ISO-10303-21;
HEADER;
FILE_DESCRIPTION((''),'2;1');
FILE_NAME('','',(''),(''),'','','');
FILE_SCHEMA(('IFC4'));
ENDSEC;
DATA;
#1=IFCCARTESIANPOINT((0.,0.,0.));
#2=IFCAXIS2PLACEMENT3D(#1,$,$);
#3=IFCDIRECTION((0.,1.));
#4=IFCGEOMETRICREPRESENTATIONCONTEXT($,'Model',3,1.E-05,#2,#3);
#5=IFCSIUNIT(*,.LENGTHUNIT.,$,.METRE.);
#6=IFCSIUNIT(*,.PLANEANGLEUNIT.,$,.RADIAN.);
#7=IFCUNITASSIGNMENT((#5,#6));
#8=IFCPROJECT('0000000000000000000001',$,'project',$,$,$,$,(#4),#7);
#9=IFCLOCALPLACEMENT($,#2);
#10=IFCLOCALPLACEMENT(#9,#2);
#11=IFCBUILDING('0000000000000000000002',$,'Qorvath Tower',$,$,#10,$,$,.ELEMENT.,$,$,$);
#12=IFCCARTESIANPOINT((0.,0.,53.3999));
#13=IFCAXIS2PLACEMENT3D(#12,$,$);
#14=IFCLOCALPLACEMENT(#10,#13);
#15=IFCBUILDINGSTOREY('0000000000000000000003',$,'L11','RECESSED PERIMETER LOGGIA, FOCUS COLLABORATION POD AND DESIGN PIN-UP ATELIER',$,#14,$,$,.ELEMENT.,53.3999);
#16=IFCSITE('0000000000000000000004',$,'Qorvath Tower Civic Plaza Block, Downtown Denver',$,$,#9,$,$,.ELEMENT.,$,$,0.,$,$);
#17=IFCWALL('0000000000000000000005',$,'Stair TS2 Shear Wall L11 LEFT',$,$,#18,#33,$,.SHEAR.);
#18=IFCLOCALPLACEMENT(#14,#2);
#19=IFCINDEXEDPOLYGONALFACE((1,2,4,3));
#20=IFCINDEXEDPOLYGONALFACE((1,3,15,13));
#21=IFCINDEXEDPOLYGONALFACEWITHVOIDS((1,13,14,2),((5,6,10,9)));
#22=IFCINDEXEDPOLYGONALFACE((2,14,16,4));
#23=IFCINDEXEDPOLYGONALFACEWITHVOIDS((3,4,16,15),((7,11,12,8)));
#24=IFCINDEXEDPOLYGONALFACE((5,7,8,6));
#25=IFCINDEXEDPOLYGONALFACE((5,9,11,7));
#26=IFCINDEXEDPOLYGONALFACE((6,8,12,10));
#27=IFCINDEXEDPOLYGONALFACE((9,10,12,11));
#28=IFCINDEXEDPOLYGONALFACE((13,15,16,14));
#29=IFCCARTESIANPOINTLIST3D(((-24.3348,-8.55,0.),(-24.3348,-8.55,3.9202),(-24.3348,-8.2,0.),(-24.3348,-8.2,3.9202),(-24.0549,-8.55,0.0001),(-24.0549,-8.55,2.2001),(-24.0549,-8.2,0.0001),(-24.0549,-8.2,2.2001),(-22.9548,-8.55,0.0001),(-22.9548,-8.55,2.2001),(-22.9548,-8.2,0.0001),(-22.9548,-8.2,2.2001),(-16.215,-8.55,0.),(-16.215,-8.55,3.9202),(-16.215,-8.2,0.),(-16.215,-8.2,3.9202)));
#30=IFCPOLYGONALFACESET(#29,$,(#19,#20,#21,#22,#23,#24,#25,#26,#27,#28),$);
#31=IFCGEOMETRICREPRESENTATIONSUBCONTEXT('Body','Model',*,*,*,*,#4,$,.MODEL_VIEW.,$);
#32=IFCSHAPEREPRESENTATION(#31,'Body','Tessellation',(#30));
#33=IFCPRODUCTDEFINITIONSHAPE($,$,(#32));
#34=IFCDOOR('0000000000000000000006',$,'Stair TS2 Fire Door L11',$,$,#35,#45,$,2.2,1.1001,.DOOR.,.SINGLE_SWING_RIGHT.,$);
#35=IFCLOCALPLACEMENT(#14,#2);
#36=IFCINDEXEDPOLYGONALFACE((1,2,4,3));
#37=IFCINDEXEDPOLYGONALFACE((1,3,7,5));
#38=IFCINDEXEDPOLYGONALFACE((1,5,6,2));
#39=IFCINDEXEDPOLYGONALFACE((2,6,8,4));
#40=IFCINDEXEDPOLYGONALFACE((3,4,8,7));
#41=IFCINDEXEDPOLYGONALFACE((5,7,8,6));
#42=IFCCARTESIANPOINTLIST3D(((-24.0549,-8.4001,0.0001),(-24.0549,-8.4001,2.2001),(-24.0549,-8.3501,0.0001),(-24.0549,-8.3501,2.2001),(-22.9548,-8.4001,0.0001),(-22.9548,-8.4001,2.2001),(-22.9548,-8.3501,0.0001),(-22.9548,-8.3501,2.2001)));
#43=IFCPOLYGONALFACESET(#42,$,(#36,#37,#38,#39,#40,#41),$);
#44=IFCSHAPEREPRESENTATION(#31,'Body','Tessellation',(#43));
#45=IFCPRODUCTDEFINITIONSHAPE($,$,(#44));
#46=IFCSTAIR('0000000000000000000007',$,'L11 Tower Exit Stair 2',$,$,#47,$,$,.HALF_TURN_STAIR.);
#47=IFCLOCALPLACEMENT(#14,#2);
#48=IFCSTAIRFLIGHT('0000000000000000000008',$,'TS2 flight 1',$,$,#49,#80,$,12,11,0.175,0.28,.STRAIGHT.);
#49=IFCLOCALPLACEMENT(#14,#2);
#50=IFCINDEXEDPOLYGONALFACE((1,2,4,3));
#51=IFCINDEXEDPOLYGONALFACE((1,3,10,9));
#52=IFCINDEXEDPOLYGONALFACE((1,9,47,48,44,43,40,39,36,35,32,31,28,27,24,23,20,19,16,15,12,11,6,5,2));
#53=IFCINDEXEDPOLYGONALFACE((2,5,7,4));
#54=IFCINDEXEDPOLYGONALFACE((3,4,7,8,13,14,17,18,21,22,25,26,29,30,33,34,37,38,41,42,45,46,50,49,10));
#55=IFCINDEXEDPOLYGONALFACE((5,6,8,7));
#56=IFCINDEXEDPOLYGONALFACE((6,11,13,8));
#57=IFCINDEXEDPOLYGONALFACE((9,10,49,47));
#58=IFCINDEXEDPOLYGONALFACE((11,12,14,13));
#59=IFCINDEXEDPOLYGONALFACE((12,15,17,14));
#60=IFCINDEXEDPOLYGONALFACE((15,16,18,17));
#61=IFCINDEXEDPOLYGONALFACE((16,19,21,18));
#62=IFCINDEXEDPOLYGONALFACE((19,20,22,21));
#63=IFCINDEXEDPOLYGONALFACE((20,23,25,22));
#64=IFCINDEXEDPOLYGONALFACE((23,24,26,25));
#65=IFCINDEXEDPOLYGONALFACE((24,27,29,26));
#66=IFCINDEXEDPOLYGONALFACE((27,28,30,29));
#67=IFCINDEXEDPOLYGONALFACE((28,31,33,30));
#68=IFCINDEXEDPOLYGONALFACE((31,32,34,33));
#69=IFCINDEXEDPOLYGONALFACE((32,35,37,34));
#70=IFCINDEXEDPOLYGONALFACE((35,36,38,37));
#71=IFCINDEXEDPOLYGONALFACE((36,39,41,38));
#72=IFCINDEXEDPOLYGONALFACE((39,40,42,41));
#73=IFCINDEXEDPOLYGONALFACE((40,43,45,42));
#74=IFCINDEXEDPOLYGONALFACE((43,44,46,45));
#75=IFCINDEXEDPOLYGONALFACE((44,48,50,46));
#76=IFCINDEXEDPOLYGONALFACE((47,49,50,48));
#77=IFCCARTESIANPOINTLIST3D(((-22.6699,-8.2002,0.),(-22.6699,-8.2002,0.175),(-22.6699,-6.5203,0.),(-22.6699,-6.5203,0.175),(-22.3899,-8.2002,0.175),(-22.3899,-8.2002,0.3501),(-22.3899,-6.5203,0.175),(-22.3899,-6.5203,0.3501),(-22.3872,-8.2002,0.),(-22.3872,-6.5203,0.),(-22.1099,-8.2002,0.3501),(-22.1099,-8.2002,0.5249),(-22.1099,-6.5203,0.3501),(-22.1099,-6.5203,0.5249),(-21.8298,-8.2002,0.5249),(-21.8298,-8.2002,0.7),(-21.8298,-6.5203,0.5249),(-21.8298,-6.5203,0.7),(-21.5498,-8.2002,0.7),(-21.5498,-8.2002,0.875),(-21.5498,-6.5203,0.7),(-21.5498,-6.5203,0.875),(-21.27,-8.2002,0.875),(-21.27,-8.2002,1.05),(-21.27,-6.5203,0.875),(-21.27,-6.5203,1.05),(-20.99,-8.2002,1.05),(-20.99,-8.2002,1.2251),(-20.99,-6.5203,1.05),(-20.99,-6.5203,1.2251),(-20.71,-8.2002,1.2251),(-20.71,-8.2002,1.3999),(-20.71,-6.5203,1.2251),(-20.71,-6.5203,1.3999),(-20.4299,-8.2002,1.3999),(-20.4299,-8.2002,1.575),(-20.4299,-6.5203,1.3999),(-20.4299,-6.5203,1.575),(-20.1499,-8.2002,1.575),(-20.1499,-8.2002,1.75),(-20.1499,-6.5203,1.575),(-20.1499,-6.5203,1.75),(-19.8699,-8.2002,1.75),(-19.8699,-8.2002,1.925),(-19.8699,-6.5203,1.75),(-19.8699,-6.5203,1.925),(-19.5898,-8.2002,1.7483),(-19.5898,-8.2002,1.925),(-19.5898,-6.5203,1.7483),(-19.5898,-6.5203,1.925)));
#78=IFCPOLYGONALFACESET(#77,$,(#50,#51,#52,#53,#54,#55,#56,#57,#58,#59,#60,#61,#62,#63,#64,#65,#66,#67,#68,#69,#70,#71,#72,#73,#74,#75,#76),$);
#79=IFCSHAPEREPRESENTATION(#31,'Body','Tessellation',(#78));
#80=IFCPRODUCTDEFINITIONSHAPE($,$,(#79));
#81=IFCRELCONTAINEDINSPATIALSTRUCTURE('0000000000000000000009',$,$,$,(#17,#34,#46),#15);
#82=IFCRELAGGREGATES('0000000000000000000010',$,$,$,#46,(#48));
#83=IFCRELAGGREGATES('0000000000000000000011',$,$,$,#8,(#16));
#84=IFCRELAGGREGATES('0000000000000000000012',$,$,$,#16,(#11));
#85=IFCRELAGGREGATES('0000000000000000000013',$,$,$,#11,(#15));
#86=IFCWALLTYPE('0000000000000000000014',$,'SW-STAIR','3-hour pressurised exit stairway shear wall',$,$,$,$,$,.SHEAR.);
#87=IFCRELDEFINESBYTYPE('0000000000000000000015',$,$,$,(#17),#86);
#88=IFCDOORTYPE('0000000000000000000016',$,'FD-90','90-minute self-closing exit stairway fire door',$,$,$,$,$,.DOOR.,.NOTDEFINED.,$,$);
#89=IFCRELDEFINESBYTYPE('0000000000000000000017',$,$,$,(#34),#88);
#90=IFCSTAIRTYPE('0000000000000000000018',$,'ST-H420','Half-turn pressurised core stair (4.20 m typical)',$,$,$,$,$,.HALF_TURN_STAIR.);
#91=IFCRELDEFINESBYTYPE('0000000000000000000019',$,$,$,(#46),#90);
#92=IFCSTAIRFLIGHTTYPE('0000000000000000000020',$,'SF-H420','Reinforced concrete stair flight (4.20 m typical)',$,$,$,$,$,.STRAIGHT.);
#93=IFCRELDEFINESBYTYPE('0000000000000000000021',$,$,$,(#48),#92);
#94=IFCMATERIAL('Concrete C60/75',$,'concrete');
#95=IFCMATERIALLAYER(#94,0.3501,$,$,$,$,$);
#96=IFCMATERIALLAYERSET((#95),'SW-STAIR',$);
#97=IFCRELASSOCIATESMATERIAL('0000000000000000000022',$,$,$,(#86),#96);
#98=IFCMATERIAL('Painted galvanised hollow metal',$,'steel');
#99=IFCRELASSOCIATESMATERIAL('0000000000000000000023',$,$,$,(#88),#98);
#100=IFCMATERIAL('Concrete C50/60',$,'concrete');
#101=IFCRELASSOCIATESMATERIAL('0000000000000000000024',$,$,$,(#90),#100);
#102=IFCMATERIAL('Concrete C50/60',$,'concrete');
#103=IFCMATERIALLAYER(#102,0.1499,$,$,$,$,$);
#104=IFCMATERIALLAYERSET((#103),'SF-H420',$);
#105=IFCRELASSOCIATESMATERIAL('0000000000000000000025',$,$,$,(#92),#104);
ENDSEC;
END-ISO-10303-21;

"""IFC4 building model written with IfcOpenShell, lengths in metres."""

from ifc_helpers import new_model, si_unit, direction, frame, frame_2d, origin, place, context, subcontext, project, spatial, polyline, rectangle, outline, extrude, material, layer, layer_set, type_object, element, fill, aggregate, save


model = new_model("IFC4")

# Units and contexts
model_context = context("Model", 3, precision=1e-05, world=origin(), true_north=direction((0.0, 1.0)))
body_context = subcontext(model_context, "Body", "Model", "MODEL_VIEW")
ifc_project = project(units=[si_unit("LENGTHUNIT", "METRE"), si_unit("PLANEANGLEUNIT", "RADIAN")], contexts=[model_context])

# Site, building, storey
site_placement = place(None, origin())
site = spatial("IfcSite", under=ifc_project, at=site_placement, Name="Qorvath Tower Civic Plaza Block, Downtown Denver", CompositionType="ELEMENT", RefElevation=0.0)
building_placement = place(site_placement, origin())
building = spatial("IfcBuilding", under=site, at=building_placement, Name="Qorvath Tower", CompositionType="ELEMENT")
storey_placement = place(building_placement, frame((0.0, 0.0, 53.3999)))
storey = spatial("IfcBuildingStorey", under=building, at=storey_placement, Name="L11", Description="RECESSED PERIMETER LOGGIA, FOCUS COLLABORATION POD AND DESIGN PIN-UP ATELIER", CompositionType="ELEMENT", Elevation=53.3999)

# Wall, opening, door
ifc_material_1 = material(Name="Concrete C60/75", Category="concrete")
ifc_layer_1 = layer(ifc_material_1, 0.3501)
ifc_layer_set_1 = layer_set([ifc_layer_1], Name="SW-STAIR")
wall_type_1 = type_object("IfcWallType", Name="SW-STAIR", Description="3-hour pressurised exit stairway shear wall", PredefinedType="SHEAR", material=ifc_layer_set_1)
wall_1_placement = place(storey_placement, frame((-24.335, -8.375, 0.0), z_axis=(0.0, 0.0, 1.0), x_axis=(1.0, 0.0, 0.0)))
wall_1 = element("IfcWall", 1, at=wall_1_placement, inside=storey, type_object=wall_type_1, Name="Stair TS2 Shear Wall L11 LEFT", PredefinedType="SHEAR", context=body_context, shape_type="SweptSolid", body=[
    extrude(rectangle(XDim=8.1199, YDim=0.3501, at=frame_2d((4.0601, 0.0))), origin(), (0.0, 0.0, 1.0), 3.9202),
])
opening_1_placement = place(wall_1_placement, frame((0.28, 0.0, 0.0)))
opening_1 = element("IfcOpeningElement", 2, at=opening_1_placement, cuts=wall_1, PredefinedType="OPENING", context=body_context, shape_type="SweptSolid", body=[
    extrude(rectangle(XDim=1.1001, YDim=2.2, at=frame_2d((0.55, 1.1001))), frame((0.0, 0.1851, 0.0), z_axis=(0.0, -1.0, 0.0), x_axis=(1.0, 0.0, 0.0)), (0.0, 0.0, 1.0), 0.3701),
])
ifc_material_2 = material(Name="Painted galvanised hollow metal", Category="steel")
door_type_1 = type_object("IfcDoorType", Name="FD-90", Description="90-minute self-closing exit stairway fire door", OperationType="NOTDEFINED", PredefinedType="DOOR", material=ifc_material_2)
door_1_placement = place(opening_1_placement, origin())
door_1 = element("IfcDoor", 3, at=door_1_placement, inside=storey, type_object=door_type_1, Name="Stair TS2 Fire Door L11", OperationType="SINGLE_SWING_RIGHT", OverallHeight=2.2, OverallWidth=1.1001, PredefinedType="DOOR", context=body_context, shape_type="SweptSolid", body=[
    extrude(rectangle(XDim=1.1001, YDim=2.2, at=frame_2d((0.55, 1.1001))), frame((0.0, 0.0249, 0.0), z_axis=(0.0, -1.0, 0.0), x_axis=(1.0, 0.0, 0.0)), (0.0, 0.0, 1.0), 0.05),
])
fill(opening_1, door_1)

# Stair, stair flight
ifc_material_3 = material(Name="Concrete C50/60", Category="concrete")
stair_type = type_object("IfcStairType", Name="ST-H420", Description="Half-turn pressurised core stair (4.20 m typical)", PredefinedType="HALF_TURN_STAIR", material=ifc_material_3)
stair_placement = place(storey_placement, origin())
stair = element("IfcStair", 4, at=stair_placement, inside=storey, type_object=stair_type, Name="L11 Tower Exit Stair 2", PredefinedType="HALF_TURN_STAIR")
ifc_material_4 = material(Name="Concrete C50/60", Category="concrete")
ifc_layer_2 = layer(ifc_material_4, 0.1499)
ifc_layer_set_2 = layer_set([ifc_layer_2], Name="SF-H420")
stair_flight_type = type_object("IfcStairFlightType", Name="SF-H420", Description="Reinforced concrete stair flight (4.20 m typical)", PredefinedType="STRAIGHT", material=ifc_layer_set_2)
stair_flight_placement = place(storey_placement, frame((-22.6699, -7.3601, 0.0), z_axis=(0.0, 0.0, 1.0), x_axis=(1.0, 0.0, 0.0)))
stair_flight = element("IfcStairFlight", 5, at=stair_flight_placement, type_object=stair_flight_type, Name="TS2 flight 1", NumberOfRisers=12, NumberOfTreads=11, PredefinedType="STRAIGHT", RiserHeight=0.175, TreadLength=0.28, context=body_context, shape_type="SweptSolid", body=[
    extrude(outline(polyline([(0.0, 0.0), (0.0, 0.175), (0.28, 0.175), (0.28, 0.3501), (0.5601, 0.3501), (0.5601, 0.5249), (0.8401, 0.5249), (0.8401, 0.7), (1.1201, 0.7), (1.1201, 0.875), (1.3999, 0.875), (1.3999, 1.05), (1.6799, 1.05), (1.6799, 1.2251), (1.96, 1.2251), (1.96, 1.3999), (2.24, 1.3999), (2.24, 1.575), (2.52, 1.575), (2.52, 1.75), (2.8, 1.75), (2.8, 1.925), (3.0801, 1.925), (3.0801, 2.1001), (3.0801, 1.7483), (0.2827, 0.0), (0.0, 0.0)])), frame((0.0, 0.8398, 0.0), z_axis=(0.0, -1.0, 0.0), x_axis=(1.0, 0.0, 0.0)), (0.0, 0.0, 1.0), 1.6799),
])
aggregate(stair, [stair_flight])

save(model, "model.ifc")
